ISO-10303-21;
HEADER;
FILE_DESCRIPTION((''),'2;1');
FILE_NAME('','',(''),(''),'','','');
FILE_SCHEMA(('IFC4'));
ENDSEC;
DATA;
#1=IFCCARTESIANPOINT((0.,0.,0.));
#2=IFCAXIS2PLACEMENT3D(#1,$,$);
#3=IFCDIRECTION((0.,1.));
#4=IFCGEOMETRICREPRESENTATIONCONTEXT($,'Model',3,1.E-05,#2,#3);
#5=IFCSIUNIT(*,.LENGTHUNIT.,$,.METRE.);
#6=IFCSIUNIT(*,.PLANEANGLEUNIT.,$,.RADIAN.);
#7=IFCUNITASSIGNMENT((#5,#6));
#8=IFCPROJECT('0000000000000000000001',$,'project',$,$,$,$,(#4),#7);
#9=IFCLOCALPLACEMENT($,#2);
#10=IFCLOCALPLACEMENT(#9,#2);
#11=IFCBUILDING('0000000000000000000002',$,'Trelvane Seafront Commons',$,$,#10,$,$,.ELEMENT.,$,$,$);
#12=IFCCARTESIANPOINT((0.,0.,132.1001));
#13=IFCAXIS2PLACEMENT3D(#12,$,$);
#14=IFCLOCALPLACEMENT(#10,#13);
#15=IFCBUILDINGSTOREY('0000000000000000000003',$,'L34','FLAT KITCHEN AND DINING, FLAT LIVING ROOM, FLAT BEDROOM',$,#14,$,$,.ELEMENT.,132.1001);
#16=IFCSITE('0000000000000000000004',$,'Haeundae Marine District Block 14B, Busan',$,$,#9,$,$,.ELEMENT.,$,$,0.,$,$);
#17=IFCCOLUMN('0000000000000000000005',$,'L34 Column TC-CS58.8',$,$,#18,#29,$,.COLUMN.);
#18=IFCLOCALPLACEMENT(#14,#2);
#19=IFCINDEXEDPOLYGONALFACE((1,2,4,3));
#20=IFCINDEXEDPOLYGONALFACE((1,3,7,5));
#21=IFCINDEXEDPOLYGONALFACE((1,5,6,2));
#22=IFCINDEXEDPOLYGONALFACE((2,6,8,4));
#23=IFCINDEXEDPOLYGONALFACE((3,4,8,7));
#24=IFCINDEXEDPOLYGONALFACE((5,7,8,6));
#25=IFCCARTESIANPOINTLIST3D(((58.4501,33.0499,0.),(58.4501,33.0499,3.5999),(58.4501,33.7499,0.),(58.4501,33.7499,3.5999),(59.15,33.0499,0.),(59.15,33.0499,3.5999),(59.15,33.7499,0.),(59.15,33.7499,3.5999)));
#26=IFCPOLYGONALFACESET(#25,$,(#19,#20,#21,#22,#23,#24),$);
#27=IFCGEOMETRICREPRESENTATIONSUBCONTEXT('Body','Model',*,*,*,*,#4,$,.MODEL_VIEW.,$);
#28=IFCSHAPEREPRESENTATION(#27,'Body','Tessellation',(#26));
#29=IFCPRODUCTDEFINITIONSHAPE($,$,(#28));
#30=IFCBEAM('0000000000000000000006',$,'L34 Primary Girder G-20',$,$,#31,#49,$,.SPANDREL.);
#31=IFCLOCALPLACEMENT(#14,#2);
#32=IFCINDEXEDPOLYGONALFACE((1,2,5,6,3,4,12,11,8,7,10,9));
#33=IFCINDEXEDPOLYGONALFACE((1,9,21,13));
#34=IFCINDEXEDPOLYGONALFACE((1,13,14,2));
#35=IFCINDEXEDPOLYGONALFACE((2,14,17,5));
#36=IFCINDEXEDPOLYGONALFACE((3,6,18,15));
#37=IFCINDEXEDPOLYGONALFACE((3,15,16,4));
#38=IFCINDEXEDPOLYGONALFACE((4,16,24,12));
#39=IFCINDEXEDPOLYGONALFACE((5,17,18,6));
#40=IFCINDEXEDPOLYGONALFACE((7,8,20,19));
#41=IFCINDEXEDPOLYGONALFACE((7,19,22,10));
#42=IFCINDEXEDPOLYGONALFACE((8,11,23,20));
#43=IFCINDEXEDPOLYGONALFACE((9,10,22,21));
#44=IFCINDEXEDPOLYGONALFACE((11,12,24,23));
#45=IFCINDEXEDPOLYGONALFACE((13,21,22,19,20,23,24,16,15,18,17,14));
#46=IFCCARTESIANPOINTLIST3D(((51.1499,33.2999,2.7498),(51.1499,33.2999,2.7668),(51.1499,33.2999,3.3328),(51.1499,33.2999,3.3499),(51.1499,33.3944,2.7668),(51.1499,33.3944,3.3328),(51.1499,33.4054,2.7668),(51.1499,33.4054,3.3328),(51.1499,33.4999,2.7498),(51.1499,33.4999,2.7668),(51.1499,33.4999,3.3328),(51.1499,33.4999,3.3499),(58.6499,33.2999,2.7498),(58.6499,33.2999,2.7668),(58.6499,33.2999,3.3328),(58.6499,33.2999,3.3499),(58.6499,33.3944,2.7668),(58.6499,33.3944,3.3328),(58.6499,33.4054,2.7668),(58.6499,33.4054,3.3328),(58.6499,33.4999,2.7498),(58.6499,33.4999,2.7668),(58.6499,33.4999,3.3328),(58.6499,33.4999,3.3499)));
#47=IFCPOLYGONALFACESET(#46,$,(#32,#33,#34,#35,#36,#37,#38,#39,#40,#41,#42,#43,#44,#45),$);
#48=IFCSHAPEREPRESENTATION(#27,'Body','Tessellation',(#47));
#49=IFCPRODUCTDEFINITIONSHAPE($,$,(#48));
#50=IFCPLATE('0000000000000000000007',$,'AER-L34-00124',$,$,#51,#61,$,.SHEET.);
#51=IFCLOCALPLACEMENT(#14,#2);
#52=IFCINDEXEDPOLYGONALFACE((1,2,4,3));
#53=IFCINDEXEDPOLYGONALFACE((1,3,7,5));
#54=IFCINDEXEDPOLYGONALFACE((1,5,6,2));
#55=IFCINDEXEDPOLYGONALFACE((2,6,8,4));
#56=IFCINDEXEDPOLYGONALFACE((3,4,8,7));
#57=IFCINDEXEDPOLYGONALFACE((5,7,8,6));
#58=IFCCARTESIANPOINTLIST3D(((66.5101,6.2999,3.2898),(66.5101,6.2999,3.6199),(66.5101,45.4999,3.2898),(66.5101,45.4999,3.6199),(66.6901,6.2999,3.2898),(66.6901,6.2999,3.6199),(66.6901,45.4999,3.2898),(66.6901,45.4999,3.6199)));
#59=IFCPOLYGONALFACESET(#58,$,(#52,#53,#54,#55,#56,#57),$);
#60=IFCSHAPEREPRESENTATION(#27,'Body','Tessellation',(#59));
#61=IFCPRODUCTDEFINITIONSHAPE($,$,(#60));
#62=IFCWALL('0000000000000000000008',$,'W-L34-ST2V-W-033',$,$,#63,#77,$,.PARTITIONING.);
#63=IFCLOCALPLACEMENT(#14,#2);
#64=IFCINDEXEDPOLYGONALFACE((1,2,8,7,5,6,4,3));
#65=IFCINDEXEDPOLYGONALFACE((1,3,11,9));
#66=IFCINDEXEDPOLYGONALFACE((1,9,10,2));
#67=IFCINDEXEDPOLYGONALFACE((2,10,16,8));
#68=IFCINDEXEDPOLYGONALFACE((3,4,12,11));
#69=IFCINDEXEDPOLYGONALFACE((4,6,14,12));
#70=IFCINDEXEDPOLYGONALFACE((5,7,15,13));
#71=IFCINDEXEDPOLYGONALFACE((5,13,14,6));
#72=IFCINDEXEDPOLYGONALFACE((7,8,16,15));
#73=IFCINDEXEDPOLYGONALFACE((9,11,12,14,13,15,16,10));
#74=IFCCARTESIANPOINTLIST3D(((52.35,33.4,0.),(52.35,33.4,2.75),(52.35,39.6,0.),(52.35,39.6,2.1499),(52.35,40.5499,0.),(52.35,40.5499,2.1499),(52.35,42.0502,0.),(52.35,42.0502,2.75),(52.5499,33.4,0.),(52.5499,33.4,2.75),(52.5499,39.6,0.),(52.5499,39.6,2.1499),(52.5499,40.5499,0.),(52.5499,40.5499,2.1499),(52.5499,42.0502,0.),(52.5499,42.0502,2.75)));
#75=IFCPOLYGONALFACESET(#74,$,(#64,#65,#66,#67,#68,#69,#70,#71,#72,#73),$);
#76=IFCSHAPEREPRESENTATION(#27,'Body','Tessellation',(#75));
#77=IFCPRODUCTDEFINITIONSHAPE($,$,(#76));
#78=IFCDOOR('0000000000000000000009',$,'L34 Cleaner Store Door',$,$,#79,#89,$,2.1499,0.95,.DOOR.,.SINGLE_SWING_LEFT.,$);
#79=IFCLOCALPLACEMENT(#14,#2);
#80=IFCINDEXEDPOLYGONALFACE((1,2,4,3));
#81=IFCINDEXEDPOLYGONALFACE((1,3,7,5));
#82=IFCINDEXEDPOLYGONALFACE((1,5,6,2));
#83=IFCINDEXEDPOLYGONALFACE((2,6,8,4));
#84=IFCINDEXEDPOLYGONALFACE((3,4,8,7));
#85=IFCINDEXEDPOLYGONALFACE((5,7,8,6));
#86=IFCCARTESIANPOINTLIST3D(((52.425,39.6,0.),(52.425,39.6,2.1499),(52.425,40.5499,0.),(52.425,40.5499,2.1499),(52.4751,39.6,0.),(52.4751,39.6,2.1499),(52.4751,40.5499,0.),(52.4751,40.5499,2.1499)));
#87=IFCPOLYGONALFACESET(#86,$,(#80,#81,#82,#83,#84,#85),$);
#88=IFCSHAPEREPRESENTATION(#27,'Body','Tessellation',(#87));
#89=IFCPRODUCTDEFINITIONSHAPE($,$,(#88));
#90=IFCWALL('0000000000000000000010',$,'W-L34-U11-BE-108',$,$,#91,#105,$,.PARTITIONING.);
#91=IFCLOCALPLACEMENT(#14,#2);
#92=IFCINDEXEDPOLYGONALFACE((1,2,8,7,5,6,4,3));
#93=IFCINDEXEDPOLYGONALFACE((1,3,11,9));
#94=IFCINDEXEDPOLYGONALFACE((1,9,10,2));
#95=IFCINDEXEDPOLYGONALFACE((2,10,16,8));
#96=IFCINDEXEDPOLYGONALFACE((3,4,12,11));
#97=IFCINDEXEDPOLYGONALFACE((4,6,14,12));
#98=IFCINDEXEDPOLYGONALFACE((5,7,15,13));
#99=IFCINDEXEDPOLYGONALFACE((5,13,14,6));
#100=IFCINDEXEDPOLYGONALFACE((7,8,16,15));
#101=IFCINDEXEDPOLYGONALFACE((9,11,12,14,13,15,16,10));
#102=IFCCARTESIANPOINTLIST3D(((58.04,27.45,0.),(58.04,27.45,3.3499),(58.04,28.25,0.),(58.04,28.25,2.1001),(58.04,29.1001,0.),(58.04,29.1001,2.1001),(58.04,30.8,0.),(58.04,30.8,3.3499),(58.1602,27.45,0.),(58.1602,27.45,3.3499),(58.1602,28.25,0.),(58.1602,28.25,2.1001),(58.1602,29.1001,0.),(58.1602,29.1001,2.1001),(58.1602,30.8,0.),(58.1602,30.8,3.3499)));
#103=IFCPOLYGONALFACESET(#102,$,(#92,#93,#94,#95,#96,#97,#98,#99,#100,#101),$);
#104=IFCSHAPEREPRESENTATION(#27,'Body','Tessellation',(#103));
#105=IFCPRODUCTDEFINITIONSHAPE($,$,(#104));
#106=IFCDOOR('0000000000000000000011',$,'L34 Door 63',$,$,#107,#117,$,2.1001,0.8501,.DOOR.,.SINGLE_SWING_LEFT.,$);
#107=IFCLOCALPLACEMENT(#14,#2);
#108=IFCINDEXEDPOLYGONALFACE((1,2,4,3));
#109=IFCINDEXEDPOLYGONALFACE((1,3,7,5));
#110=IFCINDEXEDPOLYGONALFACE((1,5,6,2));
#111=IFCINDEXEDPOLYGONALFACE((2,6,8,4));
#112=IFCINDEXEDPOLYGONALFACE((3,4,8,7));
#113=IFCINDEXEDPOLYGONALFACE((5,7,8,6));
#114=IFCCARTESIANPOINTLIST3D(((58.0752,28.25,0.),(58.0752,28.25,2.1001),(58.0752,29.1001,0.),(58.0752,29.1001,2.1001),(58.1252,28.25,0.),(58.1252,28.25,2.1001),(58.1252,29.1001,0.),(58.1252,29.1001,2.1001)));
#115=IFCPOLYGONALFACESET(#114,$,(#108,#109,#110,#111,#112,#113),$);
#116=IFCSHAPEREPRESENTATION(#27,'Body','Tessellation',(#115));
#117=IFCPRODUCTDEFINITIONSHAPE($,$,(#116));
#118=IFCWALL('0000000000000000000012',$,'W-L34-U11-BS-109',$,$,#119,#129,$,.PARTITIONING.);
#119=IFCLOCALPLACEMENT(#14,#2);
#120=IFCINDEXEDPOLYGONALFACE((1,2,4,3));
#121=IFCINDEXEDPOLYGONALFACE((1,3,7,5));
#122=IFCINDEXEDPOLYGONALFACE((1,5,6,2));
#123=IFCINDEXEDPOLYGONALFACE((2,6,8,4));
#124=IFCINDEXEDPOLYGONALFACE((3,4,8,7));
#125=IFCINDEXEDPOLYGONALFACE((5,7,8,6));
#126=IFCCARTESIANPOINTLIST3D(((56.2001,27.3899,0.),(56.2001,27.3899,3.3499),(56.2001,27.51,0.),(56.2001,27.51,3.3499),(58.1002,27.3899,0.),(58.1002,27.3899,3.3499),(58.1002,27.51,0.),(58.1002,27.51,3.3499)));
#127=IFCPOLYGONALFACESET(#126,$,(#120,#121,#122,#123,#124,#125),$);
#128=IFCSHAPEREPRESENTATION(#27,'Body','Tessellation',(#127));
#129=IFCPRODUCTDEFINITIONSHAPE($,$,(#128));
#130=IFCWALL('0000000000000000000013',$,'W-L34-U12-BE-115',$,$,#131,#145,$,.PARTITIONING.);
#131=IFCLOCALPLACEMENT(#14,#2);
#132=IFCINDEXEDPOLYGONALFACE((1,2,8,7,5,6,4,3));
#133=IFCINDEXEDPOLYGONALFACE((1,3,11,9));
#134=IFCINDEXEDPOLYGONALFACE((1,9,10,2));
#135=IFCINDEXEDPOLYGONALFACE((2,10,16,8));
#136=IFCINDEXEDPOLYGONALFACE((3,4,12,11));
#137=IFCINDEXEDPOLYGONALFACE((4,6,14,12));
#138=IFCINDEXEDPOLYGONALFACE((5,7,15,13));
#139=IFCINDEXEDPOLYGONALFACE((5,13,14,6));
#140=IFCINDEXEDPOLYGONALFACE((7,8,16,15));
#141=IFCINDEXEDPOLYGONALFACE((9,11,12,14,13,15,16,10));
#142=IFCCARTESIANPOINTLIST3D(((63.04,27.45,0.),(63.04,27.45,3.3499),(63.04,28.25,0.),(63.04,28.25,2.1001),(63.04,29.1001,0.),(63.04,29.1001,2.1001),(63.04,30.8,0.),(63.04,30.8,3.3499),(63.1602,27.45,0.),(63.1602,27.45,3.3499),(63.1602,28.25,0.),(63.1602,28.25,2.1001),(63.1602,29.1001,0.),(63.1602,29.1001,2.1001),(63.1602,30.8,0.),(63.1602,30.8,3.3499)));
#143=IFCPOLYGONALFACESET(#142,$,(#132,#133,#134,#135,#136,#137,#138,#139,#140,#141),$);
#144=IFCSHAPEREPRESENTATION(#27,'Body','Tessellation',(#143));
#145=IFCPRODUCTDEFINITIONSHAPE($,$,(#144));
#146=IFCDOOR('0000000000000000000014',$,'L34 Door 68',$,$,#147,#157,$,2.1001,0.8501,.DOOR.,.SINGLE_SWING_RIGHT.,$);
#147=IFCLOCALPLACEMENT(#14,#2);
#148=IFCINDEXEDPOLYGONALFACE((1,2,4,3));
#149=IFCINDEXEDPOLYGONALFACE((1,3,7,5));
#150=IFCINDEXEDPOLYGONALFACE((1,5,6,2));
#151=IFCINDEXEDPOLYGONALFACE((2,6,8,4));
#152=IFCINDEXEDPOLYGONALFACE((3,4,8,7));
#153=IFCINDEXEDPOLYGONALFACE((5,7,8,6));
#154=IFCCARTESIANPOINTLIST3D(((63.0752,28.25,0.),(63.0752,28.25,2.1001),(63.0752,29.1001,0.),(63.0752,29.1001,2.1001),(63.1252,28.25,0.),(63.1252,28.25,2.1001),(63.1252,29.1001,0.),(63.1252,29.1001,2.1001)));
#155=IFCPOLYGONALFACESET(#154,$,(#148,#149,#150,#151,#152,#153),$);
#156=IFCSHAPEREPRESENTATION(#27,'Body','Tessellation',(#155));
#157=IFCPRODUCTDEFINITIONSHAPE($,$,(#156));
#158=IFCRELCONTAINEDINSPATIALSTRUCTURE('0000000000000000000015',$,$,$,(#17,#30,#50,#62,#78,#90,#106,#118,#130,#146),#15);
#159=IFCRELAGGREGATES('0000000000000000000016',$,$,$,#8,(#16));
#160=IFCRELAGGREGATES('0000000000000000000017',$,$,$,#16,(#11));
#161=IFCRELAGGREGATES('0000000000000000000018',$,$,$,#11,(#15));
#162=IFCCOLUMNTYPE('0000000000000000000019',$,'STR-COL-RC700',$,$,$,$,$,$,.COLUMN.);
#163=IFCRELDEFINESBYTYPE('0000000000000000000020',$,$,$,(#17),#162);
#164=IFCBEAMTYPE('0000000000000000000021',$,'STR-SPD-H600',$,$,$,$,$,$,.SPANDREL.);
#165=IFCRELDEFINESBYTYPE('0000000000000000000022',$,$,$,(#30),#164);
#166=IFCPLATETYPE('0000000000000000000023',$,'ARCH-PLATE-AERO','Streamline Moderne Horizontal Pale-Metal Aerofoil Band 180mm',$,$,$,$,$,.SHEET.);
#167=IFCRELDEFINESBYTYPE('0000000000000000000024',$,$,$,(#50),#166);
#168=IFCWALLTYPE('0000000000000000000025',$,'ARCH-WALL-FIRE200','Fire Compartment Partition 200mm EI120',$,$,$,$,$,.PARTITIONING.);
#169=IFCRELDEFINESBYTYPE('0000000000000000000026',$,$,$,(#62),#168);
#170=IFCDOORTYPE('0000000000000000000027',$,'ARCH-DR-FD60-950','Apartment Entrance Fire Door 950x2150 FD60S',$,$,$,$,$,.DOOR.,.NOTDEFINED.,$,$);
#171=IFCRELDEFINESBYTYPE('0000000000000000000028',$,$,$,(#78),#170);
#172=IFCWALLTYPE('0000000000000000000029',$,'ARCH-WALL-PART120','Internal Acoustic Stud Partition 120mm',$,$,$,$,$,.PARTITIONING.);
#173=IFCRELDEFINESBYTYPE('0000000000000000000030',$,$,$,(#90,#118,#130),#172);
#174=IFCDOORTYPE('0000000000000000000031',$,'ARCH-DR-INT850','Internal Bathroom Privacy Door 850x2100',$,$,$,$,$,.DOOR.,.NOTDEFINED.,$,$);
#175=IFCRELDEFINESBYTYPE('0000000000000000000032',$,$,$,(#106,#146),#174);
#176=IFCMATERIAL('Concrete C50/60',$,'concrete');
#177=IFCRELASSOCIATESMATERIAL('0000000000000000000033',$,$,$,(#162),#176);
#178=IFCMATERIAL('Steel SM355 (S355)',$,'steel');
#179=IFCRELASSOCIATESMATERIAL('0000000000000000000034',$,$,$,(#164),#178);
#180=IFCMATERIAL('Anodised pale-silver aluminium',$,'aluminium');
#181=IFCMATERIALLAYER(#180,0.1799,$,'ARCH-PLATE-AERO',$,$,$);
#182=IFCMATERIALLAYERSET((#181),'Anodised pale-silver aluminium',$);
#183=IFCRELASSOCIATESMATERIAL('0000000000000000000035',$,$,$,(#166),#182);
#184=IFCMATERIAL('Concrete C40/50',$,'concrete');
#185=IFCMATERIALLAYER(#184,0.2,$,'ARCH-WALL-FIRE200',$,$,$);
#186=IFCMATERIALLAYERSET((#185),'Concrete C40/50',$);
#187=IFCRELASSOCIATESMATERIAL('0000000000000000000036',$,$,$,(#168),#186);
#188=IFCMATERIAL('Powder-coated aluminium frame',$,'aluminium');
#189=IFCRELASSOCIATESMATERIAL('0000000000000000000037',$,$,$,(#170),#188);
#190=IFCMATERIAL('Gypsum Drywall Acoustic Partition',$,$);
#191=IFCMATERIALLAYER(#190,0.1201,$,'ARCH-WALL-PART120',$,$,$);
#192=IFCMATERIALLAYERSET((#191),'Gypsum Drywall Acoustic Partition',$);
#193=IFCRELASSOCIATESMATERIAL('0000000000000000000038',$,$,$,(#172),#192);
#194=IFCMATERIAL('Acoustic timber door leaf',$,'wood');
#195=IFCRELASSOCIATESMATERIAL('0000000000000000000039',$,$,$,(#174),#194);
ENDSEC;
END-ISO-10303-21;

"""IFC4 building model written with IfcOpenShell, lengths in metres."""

from ifc_helpers import new_model, si_unit, direction, frame, frame_2d, origin, origin_2d, place, context, subcontext, project, spatial, rectangle, i_section, extrude, source, transform, mapped, material, layer, layer_set, material_profile, profile_set, type_object, element, fill, save


model = new_model("IFC4")

# Units and contexts
model_context = context("Model", 3, precision=1e-05, world=origin(), true_north=direction((0.0, 1.0)))
body_context = subcontext(model_context, "Body", "Model", "MODEL_VIEW")
ifc_project = project(units=[si_unit("LENGTHUNIT", "METRE"), si_unit("PLANEANGLEUNIT", "RADIAN")], contexts=[model_context])

# Site, building, storey
site_placement = place(None, origin())
site = spatial("IfcSite", under=ifc_project, at=site_placement, Name="Haeundae Marine District Block 14B, Busan", CompositionType="ELEMENT", RefElevation=0.0)
building_placement = place(site_placement, origin())
building = spatial("IfcBuilding", under=site, at=building_placement, Name="Trelvane Seafront Commons", CompositionType="ELEMENT")
storey_placement = place(building_placement, frame((0.0, 0.0, 132.1001)))
storey = spatial("IfcBuildingStorey", under=building, at=storey_placement, Name="L34", Description="FLAT KITCHEN AND DINING, FLAT LIVING ROOM, FLAT BEDROOM", CompositionType="ELEMENT", Elevation=132.1001)

# Column
ifc_material_1 = material(Name="Concrete C50/60", Category="concrete")
ifc_material_profile_1 = material_profile(ifc_material_1, rectangle(XDim=0.7, YDim=0.7, at=origin_2d()), Name="RC-700x700")
ifc_profile_set_1 = profile_set([ifc_material_profile_1], Name="Concrete C50/60")
column_type = type_object("IfcColumnType", Name="STR-COL-RC700", PredefinedType="COLUMN", material=ifc_profile_set_1)
shared_shape_1 = source(origin(), body_context, "Body", "SweptSolid", [
    extrude(rectangle(XDim=0.7, YDim=0.7, at=origin_2d()), origin(), (0.0, 0.0, 1.0), 3.5999),
])
column_placement = place(storey_placement, frame((58.8, 33.3999, 0.0), z_axis=(0.0, 0.0, 1.0), x_axis=(1.0, 0.0, 0.0)))
element("IfcColumn", 1, at=column_placement, inside=storey, type_object=column_type, Name="L34 Column TC-CS58.8", PredefinedType="COLUMN", context=body_context, shape_type="MappedRepresentation", body=[
    mapped(shared_shape_1, transform((0.0, 0.0, 0.0), x_axis=(1.0, 0.0, 0.0), y_axis=(0.0, 1.0, 0.0), z_axis=(0.0, 0.0, 1.0), scale=1.0)),
])

# Beam
ifc_material_2 = material(Name="Steel SM355 (S355)", Category="steel")
ifc_material_profile_2 = material_profile(ifc_material_2, i_section(OverallWidth=0.2, OverallDepth=0.6001, WebThickness=0.011, FlangeThickness=0.0171, at=origin_2d()), Name="H-600x200x11x17")
ifc_profile_set_2 = profile_set([ifc_material_profile_2], Name="Steel SM355 (S355)")
beam_type = type_object("IfcBeamType", Name="STR-SPD-H600", PredefinedType="SPANDREL", material=ifc_profile_set_2)
shared_shape_2 = source(origin(), body_context, "Body", "SweptSolid", [
    extrude(i_section(OverallWidth=0.2, OverallDepth=0.6001, WebThickness=0.011, FlangeThickness=0.0171, at=origin_2d()), origin(), (0.0, 0.0, 1.0), 7.5),
])
beam_placement = place(storey_placement, frame((51.1499, 33.3999, 3.0498), z_axis=(1.0, 0.0, 0.0), x_axis=(0.0, 1.0, 0.0)))
element("IfcBeam", 2, at=beam_placement, inside=storey, type_object=beam_type, Name="L34 Primary Girder G-20", PredefinedType="SPANDREL", context=body_context, shape_type="MappedRepresentation", body=[
    mapped(shared_shape_2, transform((0.0, 0.0, 0.0), x_axis=(1.0, 0.0, 0.0), y_axis=(0.0, 1.0, 0.0), z_axis=(0.0, 0.0, 1.0), scale=1.0)),
])

# Plate
ifc_material_3 = material(Name="Anodised pale-silver aluminium", Category="aluminium")
ifc_layer_1 = layer(ifc_material_3, 0.1799, Name="ARCH-PLATE-AERO")
ifc_layer_set_1 = layer_set([ifc_layer_1], Name="Anodised pale-silver aluminium")
plate_type = type_object("IfcPlateType", Name="ARCH-PLATE-AERO", Description="Streamline Moderne Horizontal Pale-Metal Aerofoil Band 180mm", PredefinedType="SHEET", material=ifc_layer_set_1)
shared_shape_3 = source(origin(), body_context, "Body", "SweptSolid", [
    extrude(rectangle(XDim=39.2, YDim=0.1799, at=origin_2d()), origin(), (0.0, 0.0, 1.0), 0.3301),
])
plate_placement = place(storey_placement, frame((66.6001, 25.8999, 3.2898), z_axis=(0.0, 0.0, 1.0), x_axis=(0.0, -1.0, 0.0)))
element("IfcPlate", 3, at=plate_placement, inside=storey, type_object=plate_type, Name="AER-L34-00124", PredefinedType="SHEET", context=body_context, shape_type="MappedRepresentation", body=[
    mapped(shared_shape_3, transform((0.0, 0.0, 0.0), x_axis=(1.0, 0.0, 0.0), y_axis=(0.0, 1.0, 0.0), z_axis=(0.0, 0.0, 1.0), scale=1.0)),
])

# Walls, openings, doors
ifc_material_4 = material(Name="Concrete C40/50", Category="concrete")
ifc_layer_2 = layer(ifc_material_4, 0.2, Name="ARCH-WALL-FIRE200")
ifc_layer_set_2 = layer_set([ifc_layer_2], Name="Concrete C40/50")
wall_type_1 = type_object("IfcWallType", Name="ARCH-WALL-FIRE200", Description="Fire Compartment Partition 200mm EI120", PredefinedType="PARTITIONING", material=ifc_layer_set_2)
wall_1_placement = place(storey_placement, frame((52.45, 33.3999, 0.0), z_axis=(0.0, 0.0, 1.0), x_axis=(0.0, 1.0, 0.0)))
wall_1 = element("IfcWall", 4, at=wall_1_placement, inside=storey, type_object=wall_type_1, Name="W-L34-ST2V-W-033", PredefinedType="PARTITIONING", context=body_context, shape_type="SweptSolid", body=[
    extrude(rectangle(XDim=8.6501, YDim=0.2, at=frame_2d((4.3252, 0.0))), origin(), (0.0, 0.0, 1.0), 2.75),
])
opening_1_placement = place(wall_1_placement, frame((6.2, 0.0, 0.0)))
opening_1 = element("IfcOpeningElement", 5, at=opening_1_placement, cuts=wall_1, PredefinedType="OPENING", context=body_context, shape_type="SweptSolid", body=[
    extrude(rectangle(XDim=0.95, YDim=2.1499, at=frame_2d((0.4751, 1.075))), frame((0.0, 0.1099, 0.0), z_axis=(0.0, -1.0, 0.0), x_axis=(1.0, 0.0, 0.0)), (0.0, 0.0, 1.0), 0.22),
])
ifc_material_5 = material(Name="Powder-coated aluminium frame", Category="aluminium")
door_type_1 = type_object("IfcDoorType", Name="ARCH-DR-FD60-950", Description="Apartment Entrance Fire Door 950x2150 FD60S", OperationType="NOTDEFINED", PredefinedType="DOOR", material=ifc_material_5)
shared_shape_4 = source(origin(), body_context, "Body", "SweptSolid", [
    extrude(rectangle(XDim=0.95, YDim=2.1499, at=frame_2d((0.4751, 1.075))), frame((0.0, 0.0249, 0.0), z_axis=(0.0, -1.0, 0.0), x_axis=(1.0, 0.0, 0.0)), (0.0, 0.0, 1.0), 0.05),
])
door_1_placement = place(opening_1_placement, origin())
door_1 = element("IfcDoor", 6, at=door_1_placement, inside=storey, type_object=door_type_1, Name="L34 Cleaner Store Door", OperationType="SINGLE_SWING_LEFT", OverallHeight=2.1499, OverallWidth=0.95, PredefinedType="DOOR", context=body_context, shape_type="MappedRepresentation", body=[
    mapped(shared_shape_4, transform((0.0, 0.0, 0.0), x_axis=(1.0, 0.0, 0.0), y_axis=(0.0, 1.0, 0.0), z_axis=(0.0, 0.0, 1.0), scale=1.0)),
])
fill(opening_1, door_1)
ifc_material_6 = material(Name="Gypsum Drywall Acoustic Partition")
ifc_layer_3 = layer(ifc_material_6, 0.1201, Name="ARCH-WALL-PART120")
ifc_layer_set_3 = layer_set([ifc_layer_3], Name="Gypsum Drywall Acoustic Partition")
wall_type_2 = type_object("IfcWallType", Name="ARCH-WALL-PART120", Description="Internal Acoustic Stud Partition 120mm", PredefinedType="PARTITIONING", material=ifc_layer_set_3)
wall_2_placement = place(storey_placement, frame((58.1001, 27.45, 0.0), z_axis=(0.0, 0.0, 1.0), x_axis=(0.0, 1.0, 0.0)))
wall_2 = element("IfcWall", 7, at=wall_2_placement, inside=storey, type_object=wall_type_2, Name="W-L34-U11-BE-108", PredefinedType="PARTITIONING", context=body_context, shape_type="SweptSolid", body=[
    extrude(rectangle(XDim=3.3501, YDim=0.1201, at=frame_2d((1.675, 0.0))), origin(), (0.0, 0.0, 1.0), 3.3499),
])
opening_2_placement = place(wall_2_placement, frame((0.8, 0.0, 0.0)))
opening_2 = element("IfcOpeningElement", 8, at=opening_2_placement, cuts=wall_2, PredefinedType="OPENING", context=body_context, shape_type="SweptSolid", body=[
    extrude(rectangle(XDim=0.8501, YDim=2.1001, at=frame_2d((0.425, 1.05))), frame((0.0, 0.0701, 0.0), z_axis=(0.0, -1.0, 0.0), x_axis=(1.0, 0.0, 0.0)), (0.0, 0.0, 1.0), 0.1401),
])
ifc_material_7 = material(Name="Acoustic timber door leaf", Category="wood")
door_type_2 = type_object("IfcDoorType", Name="ARCH-DR-INT850", Description="Internal Bathroom Privacy Door 850x2100", OperationType="NOTDEFINED", PredefinedType="DOOR", material=ifc_material_7)
shared_shape_5 = source(origin(), body_context, "Body", "SweptSolid", [
    extrude(rectangle(XDim=0.8501, YDim=2.1001, at=frame_2d((0.425, 1.05))), frame((0.0, 0.0249, 0.0), z_axis=(0.0, -1.0, 0.0), x_axis=(1.0, 0.0, 0.0)), (0.0, 0.0, 1.0), 0.05),
])
door_2_placement = place(opening_2_placement, origin())
door_2 = element("IfcDoor", 9, at=door_2_placement, inside=storey, type_object=door_type_2, Name="L34 Door 63", OperationType="SINGLE_SWING_LEFT", OverallHeight=2.1001, OverallWidth=0.8501, PredefinedType="DOOR", context=body_context, shape_type="MappedRepresentation", body=[
    mapped(shared_shape_5, transform((0.0, 0.0, 0.0), x_axis=(1.0, 0.0, 0.0), y_axis=(0.0, 1.0, 0.0), z_axis=(0.0, 0.0, 1.0), scale=1.0)),
])
fill(opening_2, door_2)

# Wall
wall_3_placement = place(storey_placement, frame((56.2, 27.45, 0.0), z_axis=(0.0, 0.0, 1.0), x_axis=(1.0, 0.0, 0.0)))
element("IfcWall", 10, at=wall_3_placement, inside=storey, type_object=wall_type_2, Name="W-L34-U11-BS-109", PredefinedType="PARTITIONING", context=body_context, shape_type="SweptSolid", body=[
    extrude(rectangle(XDim=1.9001, YDim=0.1201, at=frame_2d((0.9502, 0.0))), origin(), (0.0, 0.0, 1.0), 3.3499),
])

# Wall, opening, door
wall_4_placement = place(storey_placement, frame((63.1001, 27.45, 0.0), z_axis=(0.0, 0.0, 1.0), x_axis=(0.0, 1.0, 0.0)))
wall_4 = element("IfcWall", 11, at=wall_4_placement, inside=storey, type_object=wall_type_2, Name="W-L34-U12-BE-115", PredefinedType="PARTITIONING", context=body_context, shape_type="SweptSolid", body=[
    extrude(rectangle(XDim=3.3501, YDim=0.1201, at=frame_2d((1.675, 0.0))), origin(), (0.0, 0.0, 1.0), 3.3499),
])
opening_3_placement = place(wall_4_placement, frame((0.8, 0.0, 0.0)))
opening_3 = element("IfcOpeningElement", 12, at=opening_3_placement, cuts=wall_4, PredefinedType="OPENING", context=body_context, shape_type="SweptSolid", body=[
    extrude(rectangle(XDim=0.8501, YDim=2.1001, at=frame_2d((0.425, 1.05))), frame((0.0, 0.0701, 0.0), z_axis=(0.0, -1.0, 0.0), x_axis=(1.0, 0.0, 0.0)), (0.0, 0.0, 1.0), 0.1401),
])
door_3_placement = place(opening_3_placement, origin())
door_3 = element("IfcDoor", 13, at=door_3_placement, inside=storey, type_object=door_type_2, Name="L34 Door 68", OperationType="SINGLE_SWING_RIGHT", OverallHeight=2.1001, OverallWidth=0.8501, PredefinedType="DOOR", context=body_context, shape_type="MappedRepresentation", body=[
    mapped(shared_shape_5, transform((0.0, 0.0, 0.0), x_axis=(1.0, 0.0, 0.0), y_axis=(0.0, 1.0, 0.0), z_axis=(0.0, 0.0, 1.0), scale=1.0)),
])
fill(opening_3, door_3)

save(model, "model.ifc")
